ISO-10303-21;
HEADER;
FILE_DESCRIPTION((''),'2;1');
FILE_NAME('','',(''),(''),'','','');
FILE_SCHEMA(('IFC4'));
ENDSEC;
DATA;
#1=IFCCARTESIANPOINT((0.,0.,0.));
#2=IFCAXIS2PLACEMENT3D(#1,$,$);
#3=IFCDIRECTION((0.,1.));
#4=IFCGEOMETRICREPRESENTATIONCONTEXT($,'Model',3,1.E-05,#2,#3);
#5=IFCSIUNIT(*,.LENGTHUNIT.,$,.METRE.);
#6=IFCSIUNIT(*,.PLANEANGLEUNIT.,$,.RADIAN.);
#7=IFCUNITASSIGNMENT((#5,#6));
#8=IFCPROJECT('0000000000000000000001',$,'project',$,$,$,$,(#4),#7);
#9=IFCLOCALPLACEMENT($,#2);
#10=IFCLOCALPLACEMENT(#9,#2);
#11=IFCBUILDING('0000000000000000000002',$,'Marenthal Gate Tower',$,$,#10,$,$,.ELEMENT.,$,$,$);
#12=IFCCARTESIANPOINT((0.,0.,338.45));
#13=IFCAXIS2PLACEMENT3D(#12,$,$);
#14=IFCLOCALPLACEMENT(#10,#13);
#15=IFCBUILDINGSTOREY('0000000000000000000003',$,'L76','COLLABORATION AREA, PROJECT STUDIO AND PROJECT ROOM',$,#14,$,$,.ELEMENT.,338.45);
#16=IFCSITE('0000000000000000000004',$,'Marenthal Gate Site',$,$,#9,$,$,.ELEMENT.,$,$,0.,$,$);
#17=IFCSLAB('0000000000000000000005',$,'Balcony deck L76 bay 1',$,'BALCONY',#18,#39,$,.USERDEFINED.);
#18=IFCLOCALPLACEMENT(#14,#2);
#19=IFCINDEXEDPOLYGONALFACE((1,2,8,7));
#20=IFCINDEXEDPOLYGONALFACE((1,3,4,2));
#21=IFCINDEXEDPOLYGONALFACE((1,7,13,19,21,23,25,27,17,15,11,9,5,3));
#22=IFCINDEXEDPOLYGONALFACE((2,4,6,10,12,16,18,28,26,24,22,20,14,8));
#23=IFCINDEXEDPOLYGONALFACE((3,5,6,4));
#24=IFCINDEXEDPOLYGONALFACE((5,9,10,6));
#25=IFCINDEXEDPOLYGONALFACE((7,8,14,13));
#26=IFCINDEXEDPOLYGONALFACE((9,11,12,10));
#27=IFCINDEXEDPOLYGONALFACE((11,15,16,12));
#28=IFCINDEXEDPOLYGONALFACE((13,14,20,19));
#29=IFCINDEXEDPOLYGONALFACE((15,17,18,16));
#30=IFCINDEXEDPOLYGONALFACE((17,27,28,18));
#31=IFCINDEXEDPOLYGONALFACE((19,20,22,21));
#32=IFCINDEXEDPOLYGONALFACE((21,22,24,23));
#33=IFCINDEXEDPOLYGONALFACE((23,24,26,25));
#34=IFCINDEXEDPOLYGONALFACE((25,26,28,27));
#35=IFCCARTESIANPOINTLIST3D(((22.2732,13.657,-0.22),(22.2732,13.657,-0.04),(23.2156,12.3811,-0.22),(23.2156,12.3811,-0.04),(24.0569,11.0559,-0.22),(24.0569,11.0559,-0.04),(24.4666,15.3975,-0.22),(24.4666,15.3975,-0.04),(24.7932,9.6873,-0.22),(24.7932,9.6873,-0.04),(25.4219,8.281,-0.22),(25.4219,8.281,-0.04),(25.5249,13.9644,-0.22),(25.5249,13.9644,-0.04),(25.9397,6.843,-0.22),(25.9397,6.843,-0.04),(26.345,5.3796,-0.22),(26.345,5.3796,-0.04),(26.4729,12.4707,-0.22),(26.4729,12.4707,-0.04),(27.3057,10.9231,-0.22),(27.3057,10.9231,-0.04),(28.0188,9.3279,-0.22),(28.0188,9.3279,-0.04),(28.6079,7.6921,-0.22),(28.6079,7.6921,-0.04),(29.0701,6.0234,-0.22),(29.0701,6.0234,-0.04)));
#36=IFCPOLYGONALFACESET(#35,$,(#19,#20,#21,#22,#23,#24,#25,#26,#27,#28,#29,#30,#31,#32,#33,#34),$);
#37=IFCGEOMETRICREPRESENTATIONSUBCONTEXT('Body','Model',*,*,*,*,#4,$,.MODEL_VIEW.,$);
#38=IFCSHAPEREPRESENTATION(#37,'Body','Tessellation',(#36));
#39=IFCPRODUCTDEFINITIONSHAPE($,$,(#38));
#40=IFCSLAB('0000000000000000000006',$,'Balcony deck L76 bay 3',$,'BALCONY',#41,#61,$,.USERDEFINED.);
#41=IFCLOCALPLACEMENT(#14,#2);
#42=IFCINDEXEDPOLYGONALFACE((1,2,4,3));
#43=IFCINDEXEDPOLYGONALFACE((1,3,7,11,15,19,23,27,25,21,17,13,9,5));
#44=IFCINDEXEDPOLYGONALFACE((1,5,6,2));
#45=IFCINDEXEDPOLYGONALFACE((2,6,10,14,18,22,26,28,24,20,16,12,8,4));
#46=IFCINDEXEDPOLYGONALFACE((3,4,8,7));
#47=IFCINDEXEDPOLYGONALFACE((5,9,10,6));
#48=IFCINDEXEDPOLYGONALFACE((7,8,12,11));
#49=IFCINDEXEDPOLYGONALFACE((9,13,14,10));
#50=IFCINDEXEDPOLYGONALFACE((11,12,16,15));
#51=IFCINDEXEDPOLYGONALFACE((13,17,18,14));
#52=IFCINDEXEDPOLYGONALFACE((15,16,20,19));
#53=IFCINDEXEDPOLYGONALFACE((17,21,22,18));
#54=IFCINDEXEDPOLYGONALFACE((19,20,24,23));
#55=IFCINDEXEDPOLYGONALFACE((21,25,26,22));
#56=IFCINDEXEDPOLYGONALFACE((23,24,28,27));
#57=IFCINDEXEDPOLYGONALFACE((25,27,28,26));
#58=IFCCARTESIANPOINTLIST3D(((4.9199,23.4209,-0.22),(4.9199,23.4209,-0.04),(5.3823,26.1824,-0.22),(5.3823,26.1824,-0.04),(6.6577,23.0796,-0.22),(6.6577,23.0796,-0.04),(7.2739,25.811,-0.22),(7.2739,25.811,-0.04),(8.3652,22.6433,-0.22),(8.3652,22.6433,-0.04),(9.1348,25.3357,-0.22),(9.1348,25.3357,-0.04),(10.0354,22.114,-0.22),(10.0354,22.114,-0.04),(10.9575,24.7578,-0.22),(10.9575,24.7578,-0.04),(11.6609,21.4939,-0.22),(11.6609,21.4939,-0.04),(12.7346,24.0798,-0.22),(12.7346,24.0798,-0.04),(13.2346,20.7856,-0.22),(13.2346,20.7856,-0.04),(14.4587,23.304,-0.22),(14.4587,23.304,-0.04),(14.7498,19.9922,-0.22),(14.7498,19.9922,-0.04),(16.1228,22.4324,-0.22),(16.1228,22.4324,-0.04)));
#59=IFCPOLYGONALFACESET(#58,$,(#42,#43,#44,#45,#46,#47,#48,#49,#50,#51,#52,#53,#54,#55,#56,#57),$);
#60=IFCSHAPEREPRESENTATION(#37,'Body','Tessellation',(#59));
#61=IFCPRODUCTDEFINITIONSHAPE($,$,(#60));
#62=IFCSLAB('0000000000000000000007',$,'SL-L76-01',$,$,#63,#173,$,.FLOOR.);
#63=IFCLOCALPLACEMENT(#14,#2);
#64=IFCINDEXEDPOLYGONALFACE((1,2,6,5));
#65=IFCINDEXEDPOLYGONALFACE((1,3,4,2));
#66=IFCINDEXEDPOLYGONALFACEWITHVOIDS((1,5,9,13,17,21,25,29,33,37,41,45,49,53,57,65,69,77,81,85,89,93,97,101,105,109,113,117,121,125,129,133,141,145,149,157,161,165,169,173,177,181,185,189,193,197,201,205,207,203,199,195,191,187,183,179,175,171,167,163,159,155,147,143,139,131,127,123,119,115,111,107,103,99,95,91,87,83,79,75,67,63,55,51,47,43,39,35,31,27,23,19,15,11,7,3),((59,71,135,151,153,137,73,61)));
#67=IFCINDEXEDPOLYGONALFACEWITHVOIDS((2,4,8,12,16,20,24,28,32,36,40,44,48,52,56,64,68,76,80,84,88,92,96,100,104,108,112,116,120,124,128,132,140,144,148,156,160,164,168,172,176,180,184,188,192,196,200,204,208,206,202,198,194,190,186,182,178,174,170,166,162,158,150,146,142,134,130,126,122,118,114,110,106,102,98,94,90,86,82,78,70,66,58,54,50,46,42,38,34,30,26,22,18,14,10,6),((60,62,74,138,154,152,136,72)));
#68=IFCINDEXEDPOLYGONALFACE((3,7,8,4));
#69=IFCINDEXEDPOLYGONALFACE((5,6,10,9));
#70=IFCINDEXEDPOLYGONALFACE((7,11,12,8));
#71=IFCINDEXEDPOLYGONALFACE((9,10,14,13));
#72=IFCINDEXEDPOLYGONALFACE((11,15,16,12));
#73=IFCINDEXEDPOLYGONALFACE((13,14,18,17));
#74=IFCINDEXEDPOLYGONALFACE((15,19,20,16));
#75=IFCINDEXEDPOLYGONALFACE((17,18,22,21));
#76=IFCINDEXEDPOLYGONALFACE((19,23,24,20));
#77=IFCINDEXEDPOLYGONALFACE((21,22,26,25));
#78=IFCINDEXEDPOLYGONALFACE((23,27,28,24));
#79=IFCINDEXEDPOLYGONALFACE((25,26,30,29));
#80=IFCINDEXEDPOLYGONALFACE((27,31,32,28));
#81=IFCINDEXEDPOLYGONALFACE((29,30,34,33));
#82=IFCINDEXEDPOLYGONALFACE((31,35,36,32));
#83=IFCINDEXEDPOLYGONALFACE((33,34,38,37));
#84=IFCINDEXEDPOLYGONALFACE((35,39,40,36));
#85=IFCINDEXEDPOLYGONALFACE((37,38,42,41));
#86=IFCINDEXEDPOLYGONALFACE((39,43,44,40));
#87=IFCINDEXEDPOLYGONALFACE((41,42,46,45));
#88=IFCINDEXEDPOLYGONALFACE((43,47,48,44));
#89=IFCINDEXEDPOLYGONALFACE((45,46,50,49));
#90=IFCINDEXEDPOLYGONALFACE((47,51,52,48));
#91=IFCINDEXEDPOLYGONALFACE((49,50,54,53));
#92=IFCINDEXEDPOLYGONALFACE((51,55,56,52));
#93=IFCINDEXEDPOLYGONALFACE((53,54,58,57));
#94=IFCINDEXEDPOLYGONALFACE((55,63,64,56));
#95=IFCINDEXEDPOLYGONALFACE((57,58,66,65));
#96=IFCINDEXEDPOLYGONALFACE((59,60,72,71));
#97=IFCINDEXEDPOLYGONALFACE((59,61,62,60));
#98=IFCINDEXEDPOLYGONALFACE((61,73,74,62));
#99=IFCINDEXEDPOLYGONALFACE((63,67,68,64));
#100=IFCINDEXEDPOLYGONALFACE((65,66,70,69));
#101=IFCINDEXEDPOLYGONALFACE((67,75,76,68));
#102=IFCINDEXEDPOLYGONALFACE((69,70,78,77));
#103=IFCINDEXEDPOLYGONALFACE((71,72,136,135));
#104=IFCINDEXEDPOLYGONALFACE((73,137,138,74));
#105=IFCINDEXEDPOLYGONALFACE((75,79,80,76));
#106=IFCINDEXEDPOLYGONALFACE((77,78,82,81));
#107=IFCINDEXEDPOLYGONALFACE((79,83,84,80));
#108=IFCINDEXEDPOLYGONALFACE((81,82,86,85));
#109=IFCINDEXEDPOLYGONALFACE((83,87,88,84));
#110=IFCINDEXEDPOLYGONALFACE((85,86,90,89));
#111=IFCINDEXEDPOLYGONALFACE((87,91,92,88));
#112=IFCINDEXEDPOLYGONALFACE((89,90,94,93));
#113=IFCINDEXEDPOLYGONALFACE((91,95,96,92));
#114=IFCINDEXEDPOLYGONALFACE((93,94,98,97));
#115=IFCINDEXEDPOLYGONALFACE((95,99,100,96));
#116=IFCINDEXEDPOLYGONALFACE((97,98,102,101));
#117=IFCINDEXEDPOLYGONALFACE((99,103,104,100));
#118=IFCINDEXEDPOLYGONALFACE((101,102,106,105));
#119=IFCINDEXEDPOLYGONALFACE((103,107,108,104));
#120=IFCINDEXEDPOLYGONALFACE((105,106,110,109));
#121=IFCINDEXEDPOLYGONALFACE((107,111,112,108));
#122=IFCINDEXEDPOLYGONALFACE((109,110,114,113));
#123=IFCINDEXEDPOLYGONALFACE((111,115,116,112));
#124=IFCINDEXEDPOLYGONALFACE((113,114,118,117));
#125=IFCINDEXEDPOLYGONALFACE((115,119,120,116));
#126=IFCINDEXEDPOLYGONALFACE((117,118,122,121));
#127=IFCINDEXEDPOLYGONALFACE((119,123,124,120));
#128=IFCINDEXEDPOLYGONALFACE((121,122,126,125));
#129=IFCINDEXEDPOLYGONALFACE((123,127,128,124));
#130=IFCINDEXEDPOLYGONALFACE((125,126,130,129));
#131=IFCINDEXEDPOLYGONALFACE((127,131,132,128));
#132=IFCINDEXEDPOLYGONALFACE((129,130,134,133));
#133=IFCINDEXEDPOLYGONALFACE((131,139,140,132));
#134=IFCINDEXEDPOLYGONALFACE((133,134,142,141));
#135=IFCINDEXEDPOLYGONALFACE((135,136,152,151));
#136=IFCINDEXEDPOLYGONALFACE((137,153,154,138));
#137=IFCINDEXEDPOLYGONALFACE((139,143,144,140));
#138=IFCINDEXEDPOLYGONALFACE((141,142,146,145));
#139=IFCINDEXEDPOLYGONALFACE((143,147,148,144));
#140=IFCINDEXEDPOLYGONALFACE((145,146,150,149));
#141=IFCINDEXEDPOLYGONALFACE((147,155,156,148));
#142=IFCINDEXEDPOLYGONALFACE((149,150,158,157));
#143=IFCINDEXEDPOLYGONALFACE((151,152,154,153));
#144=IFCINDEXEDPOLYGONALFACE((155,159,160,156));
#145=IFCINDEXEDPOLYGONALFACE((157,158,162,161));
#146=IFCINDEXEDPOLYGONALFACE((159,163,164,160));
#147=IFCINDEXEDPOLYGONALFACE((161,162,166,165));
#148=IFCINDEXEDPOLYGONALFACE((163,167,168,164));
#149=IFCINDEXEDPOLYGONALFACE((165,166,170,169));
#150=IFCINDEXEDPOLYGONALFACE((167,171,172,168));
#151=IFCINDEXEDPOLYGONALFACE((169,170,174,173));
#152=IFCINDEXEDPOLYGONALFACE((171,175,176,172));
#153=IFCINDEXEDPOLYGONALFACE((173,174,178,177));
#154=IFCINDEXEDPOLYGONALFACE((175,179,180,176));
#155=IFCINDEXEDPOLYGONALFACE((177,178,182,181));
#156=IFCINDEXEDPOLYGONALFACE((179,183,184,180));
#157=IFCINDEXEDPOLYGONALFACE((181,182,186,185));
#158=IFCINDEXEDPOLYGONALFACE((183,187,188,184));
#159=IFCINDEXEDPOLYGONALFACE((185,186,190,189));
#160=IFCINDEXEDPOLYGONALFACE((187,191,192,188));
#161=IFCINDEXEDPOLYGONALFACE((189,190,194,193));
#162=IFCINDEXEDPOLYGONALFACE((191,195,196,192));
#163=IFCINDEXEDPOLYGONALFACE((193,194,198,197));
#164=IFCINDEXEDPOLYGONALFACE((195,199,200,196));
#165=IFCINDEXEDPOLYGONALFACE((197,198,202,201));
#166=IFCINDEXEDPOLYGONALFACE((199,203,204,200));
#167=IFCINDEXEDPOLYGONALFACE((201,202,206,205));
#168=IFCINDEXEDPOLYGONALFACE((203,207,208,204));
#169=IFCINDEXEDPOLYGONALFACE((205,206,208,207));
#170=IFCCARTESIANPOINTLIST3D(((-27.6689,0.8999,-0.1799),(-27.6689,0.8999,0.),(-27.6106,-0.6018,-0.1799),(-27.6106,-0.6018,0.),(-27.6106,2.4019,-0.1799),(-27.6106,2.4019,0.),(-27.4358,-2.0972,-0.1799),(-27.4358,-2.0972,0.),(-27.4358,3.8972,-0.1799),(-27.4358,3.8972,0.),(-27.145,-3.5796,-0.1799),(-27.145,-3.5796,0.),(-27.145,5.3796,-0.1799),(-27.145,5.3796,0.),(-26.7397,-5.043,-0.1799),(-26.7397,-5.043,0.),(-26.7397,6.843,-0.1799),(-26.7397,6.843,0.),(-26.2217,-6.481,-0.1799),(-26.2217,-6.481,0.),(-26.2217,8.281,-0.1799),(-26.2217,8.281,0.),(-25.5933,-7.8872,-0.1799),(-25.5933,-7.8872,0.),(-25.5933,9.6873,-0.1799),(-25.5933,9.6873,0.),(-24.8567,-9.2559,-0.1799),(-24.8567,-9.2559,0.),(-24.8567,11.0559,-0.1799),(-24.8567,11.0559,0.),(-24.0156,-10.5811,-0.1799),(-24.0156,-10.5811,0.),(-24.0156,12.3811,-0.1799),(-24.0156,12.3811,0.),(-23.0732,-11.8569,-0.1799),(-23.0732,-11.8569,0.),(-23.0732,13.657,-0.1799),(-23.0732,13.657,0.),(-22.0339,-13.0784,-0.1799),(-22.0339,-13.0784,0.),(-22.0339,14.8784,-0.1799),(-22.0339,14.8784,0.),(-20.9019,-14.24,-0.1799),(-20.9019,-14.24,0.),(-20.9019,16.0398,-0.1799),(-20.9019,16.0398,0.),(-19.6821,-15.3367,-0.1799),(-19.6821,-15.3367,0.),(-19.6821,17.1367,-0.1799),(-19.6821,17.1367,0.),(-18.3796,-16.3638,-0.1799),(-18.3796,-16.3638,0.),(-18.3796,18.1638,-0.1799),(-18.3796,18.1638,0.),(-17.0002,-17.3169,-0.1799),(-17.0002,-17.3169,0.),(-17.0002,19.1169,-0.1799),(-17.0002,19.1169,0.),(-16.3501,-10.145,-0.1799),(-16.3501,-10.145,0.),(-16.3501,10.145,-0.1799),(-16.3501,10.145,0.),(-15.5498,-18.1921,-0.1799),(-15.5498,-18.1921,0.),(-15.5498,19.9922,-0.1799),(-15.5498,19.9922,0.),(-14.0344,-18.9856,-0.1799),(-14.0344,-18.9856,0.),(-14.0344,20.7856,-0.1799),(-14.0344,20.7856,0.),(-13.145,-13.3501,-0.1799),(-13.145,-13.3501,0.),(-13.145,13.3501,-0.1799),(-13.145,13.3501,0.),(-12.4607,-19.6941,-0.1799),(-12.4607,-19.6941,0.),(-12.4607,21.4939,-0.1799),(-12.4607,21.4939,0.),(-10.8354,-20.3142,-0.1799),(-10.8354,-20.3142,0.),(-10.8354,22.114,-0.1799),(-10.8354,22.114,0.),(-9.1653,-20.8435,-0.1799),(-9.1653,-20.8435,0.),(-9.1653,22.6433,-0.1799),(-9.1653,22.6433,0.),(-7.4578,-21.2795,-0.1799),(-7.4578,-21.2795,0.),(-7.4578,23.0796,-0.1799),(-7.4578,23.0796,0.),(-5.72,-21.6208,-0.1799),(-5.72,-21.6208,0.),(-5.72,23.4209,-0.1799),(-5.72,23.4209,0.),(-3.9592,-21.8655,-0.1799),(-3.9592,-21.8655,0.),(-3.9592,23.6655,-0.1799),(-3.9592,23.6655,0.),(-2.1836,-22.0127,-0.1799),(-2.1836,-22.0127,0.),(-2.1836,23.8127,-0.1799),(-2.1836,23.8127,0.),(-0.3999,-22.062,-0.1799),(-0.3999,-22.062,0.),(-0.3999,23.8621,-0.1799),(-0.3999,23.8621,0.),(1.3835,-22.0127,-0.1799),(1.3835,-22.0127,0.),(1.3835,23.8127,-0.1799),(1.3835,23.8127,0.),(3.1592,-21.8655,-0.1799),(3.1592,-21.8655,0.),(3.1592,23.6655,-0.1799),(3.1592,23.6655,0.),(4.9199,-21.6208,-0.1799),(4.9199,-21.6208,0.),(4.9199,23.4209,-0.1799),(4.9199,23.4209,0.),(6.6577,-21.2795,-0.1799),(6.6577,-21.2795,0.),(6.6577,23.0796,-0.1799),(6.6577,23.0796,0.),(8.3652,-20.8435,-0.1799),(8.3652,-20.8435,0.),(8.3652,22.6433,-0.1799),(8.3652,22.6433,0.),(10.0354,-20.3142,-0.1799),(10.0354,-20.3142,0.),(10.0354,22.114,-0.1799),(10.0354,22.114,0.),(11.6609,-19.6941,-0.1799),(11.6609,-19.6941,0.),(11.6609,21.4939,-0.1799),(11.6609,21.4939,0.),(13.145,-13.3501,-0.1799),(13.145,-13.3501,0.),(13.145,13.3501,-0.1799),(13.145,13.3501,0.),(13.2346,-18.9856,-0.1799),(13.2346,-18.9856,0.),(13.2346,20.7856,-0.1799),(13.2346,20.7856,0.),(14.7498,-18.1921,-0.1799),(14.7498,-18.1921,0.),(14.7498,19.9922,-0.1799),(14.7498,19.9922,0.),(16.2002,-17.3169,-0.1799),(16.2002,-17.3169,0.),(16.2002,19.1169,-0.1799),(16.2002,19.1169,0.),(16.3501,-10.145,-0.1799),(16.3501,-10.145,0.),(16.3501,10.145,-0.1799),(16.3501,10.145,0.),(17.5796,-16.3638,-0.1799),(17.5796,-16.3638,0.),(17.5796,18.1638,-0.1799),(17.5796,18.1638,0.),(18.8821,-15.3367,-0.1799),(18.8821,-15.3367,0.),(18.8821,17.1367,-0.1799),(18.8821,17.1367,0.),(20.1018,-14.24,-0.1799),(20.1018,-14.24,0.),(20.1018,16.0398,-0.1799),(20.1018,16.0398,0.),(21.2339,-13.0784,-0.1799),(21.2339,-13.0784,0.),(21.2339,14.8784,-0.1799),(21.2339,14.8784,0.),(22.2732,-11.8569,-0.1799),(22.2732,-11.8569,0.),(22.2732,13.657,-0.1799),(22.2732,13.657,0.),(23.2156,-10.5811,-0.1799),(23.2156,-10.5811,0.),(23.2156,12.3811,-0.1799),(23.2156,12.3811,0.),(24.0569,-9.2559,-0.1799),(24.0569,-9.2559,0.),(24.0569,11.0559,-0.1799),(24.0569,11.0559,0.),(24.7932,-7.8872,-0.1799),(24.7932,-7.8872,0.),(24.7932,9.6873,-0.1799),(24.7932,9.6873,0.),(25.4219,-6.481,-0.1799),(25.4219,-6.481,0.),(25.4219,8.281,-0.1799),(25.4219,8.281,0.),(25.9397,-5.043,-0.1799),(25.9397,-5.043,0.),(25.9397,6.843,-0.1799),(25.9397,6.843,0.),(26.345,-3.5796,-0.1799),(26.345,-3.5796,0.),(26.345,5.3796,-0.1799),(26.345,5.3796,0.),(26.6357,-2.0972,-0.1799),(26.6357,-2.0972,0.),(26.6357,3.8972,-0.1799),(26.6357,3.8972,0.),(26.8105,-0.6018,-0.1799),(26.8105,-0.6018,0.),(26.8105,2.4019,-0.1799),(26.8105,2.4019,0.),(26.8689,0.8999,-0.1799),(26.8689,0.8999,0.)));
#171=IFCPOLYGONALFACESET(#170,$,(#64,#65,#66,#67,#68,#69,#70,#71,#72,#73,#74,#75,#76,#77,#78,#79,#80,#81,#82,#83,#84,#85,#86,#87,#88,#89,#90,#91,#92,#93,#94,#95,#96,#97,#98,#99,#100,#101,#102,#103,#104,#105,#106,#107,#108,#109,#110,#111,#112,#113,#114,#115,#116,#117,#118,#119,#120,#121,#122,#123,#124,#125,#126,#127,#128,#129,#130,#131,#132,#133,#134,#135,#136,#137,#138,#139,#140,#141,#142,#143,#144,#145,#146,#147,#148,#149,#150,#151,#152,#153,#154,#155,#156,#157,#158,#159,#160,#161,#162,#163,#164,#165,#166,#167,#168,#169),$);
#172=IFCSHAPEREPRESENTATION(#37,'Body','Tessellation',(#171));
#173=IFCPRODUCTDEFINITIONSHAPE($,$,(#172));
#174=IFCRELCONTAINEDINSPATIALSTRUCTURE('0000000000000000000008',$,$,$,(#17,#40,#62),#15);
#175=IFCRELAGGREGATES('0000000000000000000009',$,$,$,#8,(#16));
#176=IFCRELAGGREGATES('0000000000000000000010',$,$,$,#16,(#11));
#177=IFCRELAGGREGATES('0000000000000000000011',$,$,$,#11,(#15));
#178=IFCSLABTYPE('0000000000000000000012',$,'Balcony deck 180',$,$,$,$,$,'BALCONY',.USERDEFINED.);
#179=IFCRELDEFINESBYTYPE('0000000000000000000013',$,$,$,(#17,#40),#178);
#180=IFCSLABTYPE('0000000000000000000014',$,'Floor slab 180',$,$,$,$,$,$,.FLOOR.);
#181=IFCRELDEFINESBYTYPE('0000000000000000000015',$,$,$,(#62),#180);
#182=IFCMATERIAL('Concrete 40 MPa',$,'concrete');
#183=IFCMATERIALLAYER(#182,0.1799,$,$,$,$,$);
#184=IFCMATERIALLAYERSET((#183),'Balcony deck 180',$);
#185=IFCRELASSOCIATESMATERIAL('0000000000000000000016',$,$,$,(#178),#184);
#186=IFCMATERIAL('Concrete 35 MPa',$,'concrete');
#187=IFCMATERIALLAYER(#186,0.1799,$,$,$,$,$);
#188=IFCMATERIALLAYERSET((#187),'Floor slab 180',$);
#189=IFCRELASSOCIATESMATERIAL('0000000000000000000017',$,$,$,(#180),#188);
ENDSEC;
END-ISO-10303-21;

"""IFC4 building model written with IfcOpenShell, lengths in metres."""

from ifc_helpers import new_model, si_unit, direction, frame, origin, place, context, subcontext, project, spatial, polyline, outline, extrude, material, layer, layer_set, type_object, element, save


model = new_model("IFC4")

# Units and contexts
model_context = context("Model", 3, precision=1e-05, world=origin(), true_north=direction((0.0, 1.0)))
body_context = subcontext(model_context, "Body", "Model", "MODEL_VIEW")
ifc_project = project(units=[si_unit("LENGTHUNIT", "METRE"), si_unit("PLANEANGLEUNIT", "RADIAN")], contexts=[model_context])

# Site, building, storey
site_placement = place(None, origin())
site = spatial("IfcSite", under=ifc_project, at=site_placement, Name="Marenthal Gate Site", CompositionType="ELEMENT", RefElevation=0.0)
building_placement = place(site_placement, origin())
building = spatial("IfcBuilding", under=site, at=building_placement, Name="Marenthal Gate Tower", CompositionType="ELEMENT")
storey_placement = place(building_placement, frame((0.0, 0.0, 338.45)))
storey = spatial("IfcBuildingStorey", under=building, at=storey_placement, Name="L76", Description="COLLABORATION AREA, PROJECT STUDIO AND PROJECT ROOM", CompositionType="ELEMENT", Elevation=338.45)

# Slabs
ifc_material_1 = material(Name="Concrete 40 MPa", Category="concrete")
ifc_layer_1 = layer(ifc_material_1, 0.1799)
ifc_layer_set_1 = layer_set([ifc_layer_1], Name="Balcony deck 180")
slab_type_1 = type_object("IfcSlabType", Name="Balcony deck 180", ElementType="BALCONY", PredefinedType="USERDEFINED", material=ifc_layer_set_1)
slab_1_placement = place(storey_placement, frame((0.0, 0.0, -0.22)))
element("IfcSlab", 1, at=slab_1_placement, inside=storey, type_object=slab_type_1, Name="Balcony deck L76 bay 1", ObjectType="BALCONY", PredefinedType="USERDEFINED", context=body_context, shape_type="SweptSolid", body=[
    extrude(outline(polyline([(26.345, 5.3796), (25.9397, 6.843), (25.4219, 8.281), (24.7932, 9.6873), (24.0569, 11.0559), (23.2156, 12.3811), (22.2732, 13.657), (24.4666, 15.3975), (25.5249, 13.9644), (26.4729, 12.4707), (27.3057, 10.9231), (28.0188, 9.3279), (28.6079, 7.6921), (29.0701, 6.0234), (26.345, 5.3796)])), origin(), (0.0, 0.0, 1.0), 0.1799),
])
slab_2_placement = place(storey_placement, frame((0.0, 0.0, -0.22)))
element("IfcSlab", 2, at=slab_2_placement, inside=storey, type_object=slab_type_1, Name="Balcony deck L76 bay 3", ObjectType="BALCONY", PredefinedType="USERDEFINED", context=body_context, shape_type="SweptSolid", body=[
    extrude(outline(polyline([(14.7498, 19.9922), (13.2346, 20.7856), (11.6609, 21.4939), (10.0354, 22.114), (8.3652, 22.6433), (6.6577, 23.0796), (4.9199, 23.4209), (5.3823, 26.1824), (7.2739, 25.811), (9.1348, 25.3357), (10.9575, 24.7578), (12.7346, 24.0798), (14.4587, 23.304), (16.1228, 22.4324), (14.7498, 19.9922)])), origin(), (0.0, 0.0, 1.0), 0.1799),
])
ifc_material_2 = material(Name="Concrete 35 MPa", Category="concrete")
ifc_layer_2 = layer(ifc_material_2, 0.1799)
ifc_layer_set_2 = layer_set([ifc_layer_2], Name="Floor slab 180")
slab_type_2 = type_object("IfcSlabType", Name="Floor slab 180", PredefinedType="FLOOR", material=ifc_layer_set_2)
slab_3_placement = place(storey_placement, frame((0.0, 0.0, -0.1799)))
element("IfcSlab", 3, at=slab_3_placement, inside=storey, type_object=slab_type_2, Name="SL-L76-01", PredefinedType="FLOOR", context=body_context, shape_type="SweptSolid", body=[
    extrude(outline(polyline([(26.8689, 0.8999), (26.8105, 2.4019), (26.6357, 3.8972), (26.345, 5.3796), (25.9397, 6.843), (25.4219, 8.281), (24.7932, 9.6873), (24.0569, 11.0559), (23.2156, 12.3811), (22.2732, 13.657), (21.2339, 14.8784), (20.1018, 16.0398), (18.8821, 17.1367), (17.5796, 18.1638), (16.2002, 19.1169), (14.7498, 19.9922), (13.2346, 20.7856), (11.6609, 21.4939), (10.0354, 22.114), (8.3652, 22.6433), (6.6577, 23.0796), (4.9199, 23.4209), (3.1592, 23.6655), (1.3835, 23.8127), (-0.3999, 23.8621), (-2.1836, 23.8127), (-3.9592, 23.6655), (-5.72, 23.4209), (-7.4578, 23.0796), (-9.1653, 22.6433), (-10.8354, 22.114), (-12.4607, 21.4939), (-14.0344, 20.7856), (-15.5498, 19.9922), (-17.0002, 19.1169), (-18.3796, 18.1638), (-19.6821, 17.1367), (-20.9019, 16.0398), (-22.0339, 14.8784), (-23.0732, 13.657), (-24.0156, 12.3811), (-24.8567, 11.0559), (-25.5933, 9.6873), (-26.2217, 8.281), (-26.7397, 6.843), (-27.145, 5.3796), (-27.4358, 3.8972), (-27.6106, 2.4019), (-27.6689, 0.8999), (-27.6106, -0.6018), (-27.4358, -2.0972), (-27.145, -3.5796), (-26.7397, -5.043), (-26.2217, -6.481), (-25.5933, -7.8872), (-24.8567, -9.2559), (-24.0156, -10.5811), (-23.0732, -11.8569), (-22.0339, -13.0784), (-20.9019, -14.24), (-19.6821, -15.3367), (-18.3796, -16.3638), (-17.0002, -17.3169), (-15.5498, -18.1921), (-14.0344, -18.9856), (-12.4607, -19.6941), (-10.8354, -20.3142), (-9.1653, -20.8435), (-7.4578, -21.2795), (-5.72, -21.6208), (-3.9592, -21.8655), (-2.1836, -22.0127), (-0.3999, -22.062), (1.3835, -22.0127), (3.1592, -21.8655), (4.9199, -21.6208), (6.6577, -21.2795), (8.3652, -20.8435), (10.0354, -20.3142), (11.6609, -19.6941), (13.2346, -18.9856), (14.7498, -18.1921), (16.2002, -17.3169), (17.5796, -16.3638), (18.8821, -15.3367), (20.1018, -14.24), (21.2339, -13.0784), (22.2732, -11.8569), (23.2156, -10.5811), (24.0569, -9.2559), (24.7932, -7.8872), (25.4219, -6.481), (25.9397, -5.043), (26.345, -3.5796), (26.6357, -2.0972), (26.8105, -0.6018), (26.8689, 0.8999)]), holes=[polyline([(13.145, -13.3501), (16.3501, -10.145), (16.3501, 10.145), (13.145, 13.3501), (-13.145, 13.3501), (-16.3501, 10.145), (-16.3501, -10.145), (-13.145, -13.3501), (13.145, -13.3501)])]), origin(), (0.0, 0.0, 1.0), 0.1799),
])

save(model, "model.ifc")
